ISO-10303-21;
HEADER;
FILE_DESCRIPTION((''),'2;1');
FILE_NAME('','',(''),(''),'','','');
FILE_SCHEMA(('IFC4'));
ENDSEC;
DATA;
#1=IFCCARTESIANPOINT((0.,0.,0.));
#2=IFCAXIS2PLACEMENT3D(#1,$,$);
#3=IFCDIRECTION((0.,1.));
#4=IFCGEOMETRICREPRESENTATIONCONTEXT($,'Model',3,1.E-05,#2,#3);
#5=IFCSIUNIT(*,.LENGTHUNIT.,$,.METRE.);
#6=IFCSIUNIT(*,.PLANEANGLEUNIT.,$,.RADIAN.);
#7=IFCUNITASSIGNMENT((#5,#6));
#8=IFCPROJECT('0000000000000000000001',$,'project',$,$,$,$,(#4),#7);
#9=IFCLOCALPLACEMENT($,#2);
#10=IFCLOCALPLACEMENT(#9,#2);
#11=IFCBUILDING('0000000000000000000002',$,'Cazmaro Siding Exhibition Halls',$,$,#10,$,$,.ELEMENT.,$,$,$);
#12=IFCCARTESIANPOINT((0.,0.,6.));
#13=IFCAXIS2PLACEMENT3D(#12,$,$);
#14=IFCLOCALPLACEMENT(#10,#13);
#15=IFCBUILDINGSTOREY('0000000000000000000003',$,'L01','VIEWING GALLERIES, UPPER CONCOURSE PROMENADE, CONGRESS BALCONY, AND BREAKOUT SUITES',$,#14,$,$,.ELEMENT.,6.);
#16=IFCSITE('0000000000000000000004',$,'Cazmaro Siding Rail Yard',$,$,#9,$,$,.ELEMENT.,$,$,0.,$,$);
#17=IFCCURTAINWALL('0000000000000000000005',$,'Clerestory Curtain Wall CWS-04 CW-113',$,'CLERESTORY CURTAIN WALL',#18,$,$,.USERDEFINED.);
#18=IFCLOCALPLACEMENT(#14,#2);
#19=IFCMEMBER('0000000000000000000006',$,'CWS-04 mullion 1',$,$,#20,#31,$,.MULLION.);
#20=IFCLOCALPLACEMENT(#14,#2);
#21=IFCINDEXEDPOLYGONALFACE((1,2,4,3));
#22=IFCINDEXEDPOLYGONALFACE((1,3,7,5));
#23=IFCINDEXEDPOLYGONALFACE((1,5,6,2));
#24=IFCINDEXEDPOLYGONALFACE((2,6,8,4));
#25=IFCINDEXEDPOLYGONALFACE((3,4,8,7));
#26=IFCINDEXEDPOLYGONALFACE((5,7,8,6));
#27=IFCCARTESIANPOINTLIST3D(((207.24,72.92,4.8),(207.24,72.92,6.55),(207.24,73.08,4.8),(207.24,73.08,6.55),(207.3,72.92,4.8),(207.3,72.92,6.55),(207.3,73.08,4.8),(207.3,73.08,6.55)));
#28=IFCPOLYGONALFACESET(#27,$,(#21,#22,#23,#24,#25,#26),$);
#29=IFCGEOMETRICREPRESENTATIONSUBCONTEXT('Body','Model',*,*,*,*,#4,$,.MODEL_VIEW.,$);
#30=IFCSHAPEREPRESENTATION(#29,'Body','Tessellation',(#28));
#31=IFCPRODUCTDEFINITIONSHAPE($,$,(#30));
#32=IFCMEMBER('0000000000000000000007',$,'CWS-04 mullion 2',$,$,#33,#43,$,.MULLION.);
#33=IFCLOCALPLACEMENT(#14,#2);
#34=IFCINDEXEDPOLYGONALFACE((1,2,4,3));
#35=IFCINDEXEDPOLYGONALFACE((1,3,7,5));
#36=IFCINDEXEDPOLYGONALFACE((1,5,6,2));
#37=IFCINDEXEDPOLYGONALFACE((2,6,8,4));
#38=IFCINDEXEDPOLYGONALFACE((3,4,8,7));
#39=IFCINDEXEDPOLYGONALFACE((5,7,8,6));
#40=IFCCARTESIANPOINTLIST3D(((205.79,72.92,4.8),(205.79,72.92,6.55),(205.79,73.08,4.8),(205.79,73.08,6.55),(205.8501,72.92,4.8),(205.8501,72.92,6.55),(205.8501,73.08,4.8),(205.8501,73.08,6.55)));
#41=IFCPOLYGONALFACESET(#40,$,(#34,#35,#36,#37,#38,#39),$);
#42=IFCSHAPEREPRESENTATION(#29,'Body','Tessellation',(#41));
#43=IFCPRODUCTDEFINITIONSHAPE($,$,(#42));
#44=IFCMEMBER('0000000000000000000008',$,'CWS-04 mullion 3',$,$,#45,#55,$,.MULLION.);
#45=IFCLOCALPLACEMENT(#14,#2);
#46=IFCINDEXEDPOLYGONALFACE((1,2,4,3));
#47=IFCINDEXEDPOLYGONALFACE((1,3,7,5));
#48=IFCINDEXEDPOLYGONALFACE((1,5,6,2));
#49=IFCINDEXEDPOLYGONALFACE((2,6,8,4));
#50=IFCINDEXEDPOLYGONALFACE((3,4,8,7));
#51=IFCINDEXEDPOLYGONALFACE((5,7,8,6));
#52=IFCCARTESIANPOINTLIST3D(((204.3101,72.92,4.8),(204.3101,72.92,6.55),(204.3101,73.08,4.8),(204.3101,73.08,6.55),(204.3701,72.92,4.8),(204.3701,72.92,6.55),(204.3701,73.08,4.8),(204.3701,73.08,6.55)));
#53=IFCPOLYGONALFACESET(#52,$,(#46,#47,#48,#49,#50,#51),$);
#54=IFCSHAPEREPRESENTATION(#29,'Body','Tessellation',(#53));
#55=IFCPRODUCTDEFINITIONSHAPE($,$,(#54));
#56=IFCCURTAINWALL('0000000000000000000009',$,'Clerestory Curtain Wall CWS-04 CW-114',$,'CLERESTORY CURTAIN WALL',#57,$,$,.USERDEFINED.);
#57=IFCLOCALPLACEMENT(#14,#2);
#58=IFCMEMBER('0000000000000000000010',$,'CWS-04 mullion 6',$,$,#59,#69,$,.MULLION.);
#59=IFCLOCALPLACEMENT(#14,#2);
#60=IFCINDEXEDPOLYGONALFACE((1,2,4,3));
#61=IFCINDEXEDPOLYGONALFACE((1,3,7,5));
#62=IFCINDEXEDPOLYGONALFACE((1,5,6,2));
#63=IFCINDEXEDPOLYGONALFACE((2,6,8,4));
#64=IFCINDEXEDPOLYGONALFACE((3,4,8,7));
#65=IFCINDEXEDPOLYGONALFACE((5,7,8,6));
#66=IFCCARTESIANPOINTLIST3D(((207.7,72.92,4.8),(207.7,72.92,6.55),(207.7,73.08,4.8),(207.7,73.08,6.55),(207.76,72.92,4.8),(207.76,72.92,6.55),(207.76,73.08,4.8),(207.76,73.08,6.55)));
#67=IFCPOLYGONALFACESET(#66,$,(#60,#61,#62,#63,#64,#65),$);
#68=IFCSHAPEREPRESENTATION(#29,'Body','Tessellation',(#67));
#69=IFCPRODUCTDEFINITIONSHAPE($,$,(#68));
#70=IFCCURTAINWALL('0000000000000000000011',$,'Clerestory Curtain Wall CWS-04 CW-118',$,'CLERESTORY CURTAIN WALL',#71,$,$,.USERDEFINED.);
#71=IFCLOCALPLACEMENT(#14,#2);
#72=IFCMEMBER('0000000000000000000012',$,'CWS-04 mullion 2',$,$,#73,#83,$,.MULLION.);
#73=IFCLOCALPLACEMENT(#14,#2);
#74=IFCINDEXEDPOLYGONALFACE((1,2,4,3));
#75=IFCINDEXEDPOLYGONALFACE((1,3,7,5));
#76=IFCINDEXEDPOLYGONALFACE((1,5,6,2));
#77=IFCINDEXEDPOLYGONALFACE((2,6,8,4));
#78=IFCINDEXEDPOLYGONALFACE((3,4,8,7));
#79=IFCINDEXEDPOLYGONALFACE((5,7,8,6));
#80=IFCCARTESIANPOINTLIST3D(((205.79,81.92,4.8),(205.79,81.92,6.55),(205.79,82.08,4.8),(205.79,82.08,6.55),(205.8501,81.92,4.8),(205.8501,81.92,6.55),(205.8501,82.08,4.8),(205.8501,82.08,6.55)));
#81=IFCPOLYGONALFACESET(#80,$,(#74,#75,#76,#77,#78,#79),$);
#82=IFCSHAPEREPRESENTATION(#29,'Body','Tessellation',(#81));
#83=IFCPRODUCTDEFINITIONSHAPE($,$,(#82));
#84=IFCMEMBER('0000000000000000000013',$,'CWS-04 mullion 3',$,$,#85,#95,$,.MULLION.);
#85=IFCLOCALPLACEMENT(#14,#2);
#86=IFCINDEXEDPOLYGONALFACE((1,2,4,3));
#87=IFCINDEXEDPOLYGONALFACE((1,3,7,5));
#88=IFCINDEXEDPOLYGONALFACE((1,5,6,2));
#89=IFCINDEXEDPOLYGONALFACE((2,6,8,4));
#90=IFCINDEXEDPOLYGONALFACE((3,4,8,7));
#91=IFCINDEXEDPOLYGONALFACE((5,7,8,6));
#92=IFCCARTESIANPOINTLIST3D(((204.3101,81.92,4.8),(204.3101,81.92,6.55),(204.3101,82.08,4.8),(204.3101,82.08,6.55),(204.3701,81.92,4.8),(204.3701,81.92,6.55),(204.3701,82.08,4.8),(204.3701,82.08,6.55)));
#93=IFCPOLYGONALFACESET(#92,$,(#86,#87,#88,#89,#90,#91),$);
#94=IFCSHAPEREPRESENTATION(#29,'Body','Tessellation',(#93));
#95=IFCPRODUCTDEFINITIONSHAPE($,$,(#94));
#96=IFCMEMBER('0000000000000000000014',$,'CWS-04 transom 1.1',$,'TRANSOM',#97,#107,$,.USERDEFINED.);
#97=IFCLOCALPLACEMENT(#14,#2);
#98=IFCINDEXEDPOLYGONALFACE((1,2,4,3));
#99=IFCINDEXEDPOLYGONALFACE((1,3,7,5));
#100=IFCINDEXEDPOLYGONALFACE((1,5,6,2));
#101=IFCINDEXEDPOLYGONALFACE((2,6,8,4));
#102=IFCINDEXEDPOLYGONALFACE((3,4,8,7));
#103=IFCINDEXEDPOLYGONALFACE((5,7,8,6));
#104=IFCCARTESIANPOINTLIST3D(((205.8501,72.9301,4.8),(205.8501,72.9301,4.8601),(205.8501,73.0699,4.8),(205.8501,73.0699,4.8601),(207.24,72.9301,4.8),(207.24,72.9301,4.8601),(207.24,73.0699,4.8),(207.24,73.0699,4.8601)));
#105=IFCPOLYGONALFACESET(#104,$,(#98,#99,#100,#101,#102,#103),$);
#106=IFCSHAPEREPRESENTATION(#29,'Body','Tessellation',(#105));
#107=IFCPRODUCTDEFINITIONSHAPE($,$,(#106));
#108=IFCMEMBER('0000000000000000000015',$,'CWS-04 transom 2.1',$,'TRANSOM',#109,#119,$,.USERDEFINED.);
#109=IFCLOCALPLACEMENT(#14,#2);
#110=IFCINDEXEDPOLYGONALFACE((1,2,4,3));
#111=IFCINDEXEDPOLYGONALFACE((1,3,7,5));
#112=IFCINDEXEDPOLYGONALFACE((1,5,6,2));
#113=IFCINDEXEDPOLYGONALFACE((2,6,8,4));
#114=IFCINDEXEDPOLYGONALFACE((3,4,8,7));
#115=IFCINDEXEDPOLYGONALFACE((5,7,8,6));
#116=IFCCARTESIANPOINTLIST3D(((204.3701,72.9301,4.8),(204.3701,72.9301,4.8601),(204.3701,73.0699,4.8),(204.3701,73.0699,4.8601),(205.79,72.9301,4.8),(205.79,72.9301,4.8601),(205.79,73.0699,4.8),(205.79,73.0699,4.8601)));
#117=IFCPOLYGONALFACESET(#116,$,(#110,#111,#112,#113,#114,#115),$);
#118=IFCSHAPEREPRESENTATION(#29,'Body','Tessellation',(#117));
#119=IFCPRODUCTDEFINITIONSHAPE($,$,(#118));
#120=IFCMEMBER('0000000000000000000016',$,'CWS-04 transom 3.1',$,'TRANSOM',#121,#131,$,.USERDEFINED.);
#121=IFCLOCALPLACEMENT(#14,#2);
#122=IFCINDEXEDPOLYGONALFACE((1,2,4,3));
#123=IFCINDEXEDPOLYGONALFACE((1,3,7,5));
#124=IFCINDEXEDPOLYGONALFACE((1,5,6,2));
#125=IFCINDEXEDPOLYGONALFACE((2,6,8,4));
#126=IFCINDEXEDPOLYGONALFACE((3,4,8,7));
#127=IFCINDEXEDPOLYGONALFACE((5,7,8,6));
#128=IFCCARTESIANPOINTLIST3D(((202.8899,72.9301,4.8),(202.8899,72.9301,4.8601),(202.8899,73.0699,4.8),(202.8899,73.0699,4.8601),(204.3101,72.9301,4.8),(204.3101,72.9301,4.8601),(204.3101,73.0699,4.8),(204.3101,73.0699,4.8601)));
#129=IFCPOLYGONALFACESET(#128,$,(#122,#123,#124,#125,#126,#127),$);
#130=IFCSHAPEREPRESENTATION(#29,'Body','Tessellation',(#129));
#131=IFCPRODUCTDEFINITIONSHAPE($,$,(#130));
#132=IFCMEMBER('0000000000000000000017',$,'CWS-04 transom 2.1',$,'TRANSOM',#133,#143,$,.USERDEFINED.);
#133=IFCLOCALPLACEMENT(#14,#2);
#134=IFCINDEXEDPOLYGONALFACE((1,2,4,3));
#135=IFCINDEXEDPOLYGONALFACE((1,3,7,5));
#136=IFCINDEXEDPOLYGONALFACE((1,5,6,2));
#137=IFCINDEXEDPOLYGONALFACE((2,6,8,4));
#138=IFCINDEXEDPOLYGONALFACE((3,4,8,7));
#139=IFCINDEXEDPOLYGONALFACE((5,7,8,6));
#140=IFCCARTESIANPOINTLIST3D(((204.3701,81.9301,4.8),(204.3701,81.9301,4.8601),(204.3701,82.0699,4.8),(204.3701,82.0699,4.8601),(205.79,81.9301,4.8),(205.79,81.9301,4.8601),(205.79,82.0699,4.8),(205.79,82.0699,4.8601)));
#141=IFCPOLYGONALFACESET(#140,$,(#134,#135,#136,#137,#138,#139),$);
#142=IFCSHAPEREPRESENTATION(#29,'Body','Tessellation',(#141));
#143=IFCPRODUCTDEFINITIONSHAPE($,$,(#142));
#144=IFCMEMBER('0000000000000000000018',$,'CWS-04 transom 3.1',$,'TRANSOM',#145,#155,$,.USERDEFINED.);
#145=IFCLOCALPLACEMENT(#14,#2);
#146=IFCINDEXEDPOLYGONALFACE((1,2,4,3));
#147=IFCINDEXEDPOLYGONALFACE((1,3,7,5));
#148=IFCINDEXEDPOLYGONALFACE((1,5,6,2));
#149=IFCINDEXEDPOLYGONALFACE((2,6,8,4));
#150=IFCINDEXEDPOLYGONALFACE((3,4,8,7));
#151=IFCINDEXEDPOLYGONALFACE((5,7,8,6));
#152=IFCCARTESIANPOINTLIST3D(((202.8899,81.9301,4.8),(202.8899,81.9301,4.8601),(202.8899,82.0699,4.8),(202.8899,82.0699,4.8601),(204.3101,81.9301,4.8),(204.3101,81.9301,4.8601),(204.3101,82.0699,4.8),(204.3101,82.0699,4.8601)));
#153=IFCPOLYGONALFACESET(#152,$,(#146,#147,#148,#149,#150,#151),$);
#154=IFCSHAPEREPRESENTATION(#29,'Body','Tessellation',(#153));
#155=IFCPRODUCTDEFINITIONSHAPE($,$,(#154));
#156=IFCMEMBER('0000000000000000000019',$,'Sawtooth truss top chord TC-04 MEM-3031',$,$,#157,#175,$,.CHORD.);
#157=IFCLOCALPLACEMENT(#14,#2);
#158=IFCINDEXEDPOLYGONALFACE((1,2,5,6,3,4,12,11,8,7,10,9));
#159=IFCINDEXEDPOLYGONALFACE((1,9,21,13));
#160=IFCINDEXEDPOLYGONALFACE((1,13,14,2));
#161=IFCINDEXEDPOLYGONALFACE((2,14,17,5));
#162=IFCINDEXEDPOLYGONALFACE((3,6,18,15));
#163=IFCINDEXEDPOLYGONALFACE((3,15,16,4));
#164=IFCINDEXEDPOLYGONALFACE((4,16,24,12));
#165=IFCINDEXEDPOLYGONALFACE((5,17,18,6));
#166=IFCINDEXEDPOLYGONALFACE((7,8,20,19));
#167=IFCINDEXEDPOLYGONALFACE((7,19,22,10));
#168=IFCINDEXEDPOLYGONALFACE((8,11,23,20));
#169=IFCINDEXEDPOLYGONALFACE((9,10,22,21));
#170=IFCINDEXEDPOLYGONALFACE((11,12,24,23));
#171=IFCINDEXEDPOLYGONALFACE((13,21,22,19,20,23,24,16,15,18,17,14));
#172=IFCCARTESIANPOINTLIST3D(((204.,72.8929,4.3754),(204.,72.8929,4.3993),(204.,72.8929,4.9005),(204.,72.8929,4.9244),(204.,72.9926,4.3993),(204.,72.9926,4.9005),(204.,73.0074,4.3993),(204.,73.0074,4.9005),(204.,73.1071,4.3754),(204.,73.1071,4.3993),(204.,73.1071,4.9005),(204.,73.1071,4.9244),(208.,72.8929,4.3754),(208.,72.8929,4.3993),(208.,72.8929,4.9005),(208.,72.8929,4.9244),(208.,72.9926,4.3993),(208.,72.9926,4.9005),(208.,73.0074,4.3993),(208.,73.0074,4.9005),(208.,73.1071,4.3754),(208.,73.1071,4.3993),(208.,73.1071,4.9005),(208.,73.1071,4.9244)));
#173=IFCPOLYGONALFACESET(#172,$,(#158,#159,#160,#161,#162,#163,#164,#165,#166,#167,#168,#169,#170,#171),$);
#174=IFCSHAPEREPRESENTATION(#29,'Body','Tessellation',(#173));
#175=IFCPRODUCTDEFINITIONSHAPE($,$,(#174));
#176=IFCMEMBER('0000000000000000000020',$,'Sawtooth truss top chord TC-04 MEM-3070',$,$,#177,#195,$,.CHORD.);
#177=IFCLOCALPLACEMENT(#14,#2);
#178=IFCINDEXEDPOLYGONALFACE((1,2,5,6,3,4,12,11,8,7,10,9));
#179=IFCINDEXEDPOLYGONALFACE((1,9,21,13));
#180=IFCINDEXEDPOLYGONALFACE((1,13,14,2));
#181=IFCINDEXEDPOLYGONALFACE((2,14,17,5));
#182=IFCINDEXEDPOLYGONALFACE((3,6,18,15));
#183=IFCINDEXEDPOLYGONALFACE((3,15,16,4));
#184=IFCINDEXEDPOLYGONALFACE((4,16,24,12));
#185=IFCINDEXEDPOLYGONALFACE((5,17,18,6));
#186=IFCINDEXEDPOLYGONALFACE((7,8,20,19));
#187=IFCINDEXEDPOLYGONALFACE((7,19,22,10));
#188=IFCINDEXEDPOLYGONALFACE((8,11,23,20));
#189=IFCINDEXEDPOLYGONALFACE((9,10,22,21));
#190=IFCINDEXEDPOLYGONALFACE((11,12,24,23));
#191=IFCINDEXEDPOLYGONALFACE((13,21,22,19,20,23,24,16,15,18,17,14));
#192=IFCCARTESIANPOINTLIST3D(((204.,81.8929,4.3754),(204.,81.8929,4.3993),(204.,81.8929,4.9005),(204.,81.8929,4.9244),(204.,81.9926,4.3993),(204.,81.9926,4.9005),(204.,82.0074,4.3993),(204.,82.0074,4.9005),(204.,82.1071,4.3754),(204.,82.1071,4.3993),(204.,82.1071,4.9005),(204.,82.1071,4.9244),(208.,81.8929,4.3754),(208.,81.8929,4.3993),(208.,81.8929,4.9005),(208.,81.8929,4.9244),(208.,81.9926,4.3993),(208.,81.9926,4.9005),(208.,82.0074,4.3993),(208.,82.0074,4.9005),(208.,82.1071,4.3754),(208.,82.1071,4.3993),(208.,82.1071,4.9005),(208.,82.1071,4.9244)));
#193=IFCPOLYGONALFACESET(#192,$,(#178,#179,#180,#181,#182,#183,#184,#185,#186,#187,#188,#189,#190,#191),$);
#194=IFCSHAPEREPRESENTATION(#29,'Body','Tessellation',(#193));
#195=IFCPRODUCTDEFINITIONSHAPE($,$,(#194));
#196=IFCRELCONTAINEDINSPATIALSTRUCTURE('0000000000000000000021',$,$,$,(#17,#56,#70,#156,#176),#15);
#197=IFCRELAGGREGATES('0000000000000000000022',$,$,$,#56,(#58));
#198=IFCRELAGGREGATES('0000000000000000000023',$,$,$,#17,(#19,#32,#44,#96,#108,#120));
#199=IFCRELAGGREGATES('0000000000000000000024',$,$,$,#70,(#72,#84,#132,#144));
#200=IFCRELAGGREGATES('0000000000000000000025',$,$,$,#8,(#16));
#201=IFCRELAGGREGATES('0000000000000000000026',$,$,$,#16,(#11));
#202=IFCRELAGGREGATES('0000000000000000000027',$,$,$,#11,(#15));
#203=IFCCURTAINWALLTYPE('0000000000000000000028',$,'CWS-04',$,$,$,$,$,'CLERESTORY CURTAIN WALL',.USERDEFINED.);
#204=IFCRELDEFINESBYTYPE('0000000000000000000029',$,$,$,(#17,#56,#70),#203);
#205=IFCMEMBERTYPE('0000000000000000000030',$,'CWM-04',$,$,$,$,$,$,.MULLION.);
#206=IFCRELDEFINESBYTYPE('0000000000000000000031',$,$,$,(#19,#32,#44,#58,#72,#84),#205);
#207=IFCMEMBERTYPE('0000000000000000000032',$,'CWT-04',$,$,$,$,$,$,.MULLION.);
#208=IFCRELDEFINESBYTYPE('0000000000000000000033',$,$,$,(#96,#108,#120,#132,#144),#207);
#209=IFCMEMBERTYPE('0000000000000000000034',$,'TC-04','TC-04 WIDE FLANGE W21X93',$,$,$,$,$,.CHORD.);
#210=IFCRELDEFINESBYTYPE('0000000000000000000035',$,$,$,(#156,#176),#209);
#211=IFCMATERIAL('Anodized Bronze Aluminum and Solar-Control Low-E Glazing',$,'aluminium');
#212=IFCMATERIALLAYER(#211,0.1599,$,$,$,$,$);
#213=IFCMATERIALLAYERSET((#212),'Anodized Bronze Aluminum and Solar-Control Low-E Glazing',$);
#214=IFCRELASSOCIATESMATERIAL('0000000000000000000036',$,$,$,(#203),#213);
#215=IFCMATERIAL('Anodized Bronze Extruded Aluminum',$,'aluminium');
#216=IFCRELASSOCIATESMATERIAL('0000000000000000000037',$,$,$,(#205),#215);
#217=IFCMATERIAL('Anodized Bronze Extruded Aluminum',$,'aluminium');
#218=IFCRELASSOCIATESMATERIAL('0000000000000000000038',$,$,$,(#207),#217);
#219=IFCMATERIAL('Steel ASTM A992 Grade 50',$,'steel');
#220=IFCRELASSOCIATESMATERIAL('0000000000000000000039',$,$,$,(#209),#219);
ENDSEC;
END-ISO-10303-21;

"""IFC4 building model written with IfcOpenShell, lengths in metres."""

from ifc_helpers import new_model, si_unit, direction, frame, origin, origin_2d, place, context, subcontext, project, spatial, rectangle, i_section, extrude, material, layer, layer_set, material_profile, profile_set, type_object, element, aggregate, save


model = new_model("IFC4")

# Units and contexts
model_context = context("Model", 3, precision=1e-05, world=origin(), true_north=direction((0.0, 1.0)))
body_context = subcontext(model_context, "Body", "Model", "MODEL_VIEW")
ifc_project = project(units=[si_unit("LENGTHUNIT", "METRE"), si_unit("PLANEANGLEUNIT", "RADIAN")], contexts=[model_context])

# Site, building, storey
site_placement = place(None, origin())
site = spatial("IfcSite", under=ifc_project, at=site_placement, Name="Cazmaro Siding Rail Yard", CompositionType="ELEMENT", RefElevation=0.0)
building_placement = place(site_placement, origin())
building = spatial("IfcBuilding", under=site, at=building_placement, Name="Cazmaro Siding Exhibition Halls", CompositionType="ELEMENT")
storey_placement = place(building_placement, frame((0.0, 0.0, 6.0)))
storey = spatial("IfcBuildingStorey", under=building, at=storey_placement, Name="L01", Description="VIEWING GALLERIES, UPPER CONCOURSE PROMENADE, CONGRESS BALCONY, AND BREAKOUT SUITES", CompositionType="ELEMENT", Elevation=6.0)

# Curtain wall, members
ifc_material_1 = material(Name="Anodized Bronze Aluminum and Solar-Control Low-E Glazing", Category="aluminium")
ifc_layer = layer(ifc_material_1, 0.1599)
ifc_layer_set = layer_set([ifc_layer], Name="Anodized Bronze Aluminum and Solar-Control Low-E Glazing")
curtain_wall_type = type_object("IfcCurtainWallType", Name="CWS-04", ElementType="CLERESTORY CURTAIN WALL", PredefinedType="USERDEFINED", material=ifc_layer_set)
curtain_wall_1_placement = place(storey_placement, origin())
curtain_wall_1 = element("IfcCurtainWall", 1, at=curtain_wall_1_placement, inside=storey, type_object=curtain_wall_type, Name="Clerestory Curtain Wall CWS-04 CW-113", ObjectType="CLERESTORY CURTAIN WALL", PredefinedType="USERDEFINED")
ifc_material_2 = material(Name="Anodized Bronze Extruded Aluminum", Category="aluminium")
ifc_material_profile_1 = material_profile(ifc_material_2, rectangle(XDim=0.1599, YDim=0.0601, at=origin_2d()), Name="CWM-04")
ifc_profile_set_1 = profile_set([ifc_material_profile_1], Name="Anodized Bronze Extruded Aluminum")
member_type_1 = type_object("IfcMemberType", Name="CWM-04", PredefinedType="MULLION", material=ifc_profile_set_1)
member_1_placement = place(storey_placement, frame((207.27, 73.0, 4.8), z_axis=(0.0, 0.0, 1.0), x_axis=(0.0, -1.0, 0.0)))
member_1 = element("IfcMember", 2, at=member_1_placement, type_object=member_type_1, Name="CWS-04 mullion 1", PredefinedType="MULLION", context=body_context, shape_type="SweptSolid", body=[
    extrude(rectangle(XDim=0.1599, YDim=0.0601, at=origin_2d()), origin(), (0.0, 0.0, 1.0), 1.75),
])
member_2_placement = place(storey_placement, frame((205.8201, 73.0, 4.8), z_axis=(0.0, 0.0, 1.0), x_axis=(0.0, -1.0, 0.0)))
member_2 = element("IfcMember", 3, at=member_2_placement, type_object=member_type_1, Name="CWS-04 mullion 2", PredefinedType="MULLION", context=body_context, shape_type="SweptSolid", body=[
    extrude(rectangle(XDim=0.1599, YDim=0.0601, at=origin_2d()), origin(), (0.0, 0.0, 1.0), 1.75),
])
member_3_placement = place(storey_placement, frame((204.3401, 73.0, 4.8), z_axis=(0.0, 0.0, 1.0), x_axis=(0.0, -1.0, 0.0)))
member_3 = element("IfcMember", 4, at=member_3_placement, type_object=member_type_1, Name="CWS-04 mullion 3", PredefinedType="MULLION", context=body_context, shape_type="SweptSolid", body=[
    extrude(rectangle(XDim=0.1599, YDim=0.0601, at=origin_2d()), origin(), (0.0, 0.0, 1.0), 1.75),
])

# Curtain wall, member
curtain_wall_2_placement = place(storey_placement, origin())
curtain_wall_2 = element("IfcCurtainWall", 5, at=curtain_wall_2_placement, inside=storey, type_object=curtain_wall_type, Name="Clerestory Curtain Wall CWS-04 CW-114", ObjectType="CLERESTORY CURTAIN WALL", PredefinedType="USERDEFINED")
member_4_placement = place(storey_placement, frame((207.73, 73.0, 4.8), z_axis=(0.0, 0.0, 1.0), x_axis=(0.0, -1.0, 0.0)))
member_4 = element("IfcMember", 6, at=member_4_placement, type_object=member_type_1, Name="CWS-04 mullion 6", PredefinedType="MULLION", context=body_context, shape_type="SweptSolid", body=[
    extrude(rectangle(XDim=0.1599, YDim=0.0601, at=origin_2d()), origin(), (0.0, 0.0, 1.0), 1.75),
])
aggregate(curtain_wall_2, [member_4])

# Curtain wall, members
curtain_wall_3_placement = place(storey_placement, origin())
curtain_wall_3 = element("IfcCurtainWall", 7, at=curtain_wall_3_placement, inside=storey, type_object=curtain_wall_type, Name="Clerestory Curtain Wall CWS-04 CW-118", ObjectType="CLERESTORY CURTAIN WALL", PredefinedType="USERDEFINED")
member_5_placement = place(storey_placement, frame((205.8201, 82.0, 4.8), z_axis=(0.0, 0.0, 1.0), x_axis=(0.0, -1.0, 0.0)))
member_5 = element("IfcMember", 8, at=member_5_placement, type_object=member_type_1, Name="CWS-04 mullion 2", PredefinedType="MULLION", context=body_context, shape_type="SweptSolid", body=[
    extrude(rectangle(XDim=0.1599, YDim=0.0601, at=origin_2d()), origin(), (0.0, 0.0, 1.0), 1.75),
])
member_6_placement = place(storey_placement, frame((204.3401, 82.0, 4.8), z_axis=(0.0, 0.0, 1.0), x_axis=(0.0, -1.0, 0.0)))
member_6 = element("IfcMember", 9, at=member_6_placement, type_object=member_type_1, Name="CWS-04 mullion 3", PredefinedType="MULLION", context=body_context, shape_type="SweptSolid", body=[
    extrude(rectangle(XDim=0.1599, YDim=0.0601, at=origin_2d()), origin(), (0.0, 0.0, 1.0), 1.75),
])

# Members
ifc_material_3 = material(Name="Anodized Bronze Extruded Aluminum", Category="aluminium")
ifc_material_profile_2 = material_profile(ifc_material_3, rectangle(XDim=0.1399, YDim=0.0601, at=origin_2d()), Name="CWT-04")
ifc_profile_set_2 = profile_set([ifc_material_profile_2], Name="Anodized Bronze Extruded Aluminum")
member_type_2 = type_object("IfcMemberType", Name="CWT-04", PredefinedType="MULLION", material=ifc_profile_set_2)
member_7_placement = place(storey_placement, frame((207.24, 73.0, 4.8301), z_axis=(-1.0, 0.0, 0.0), x_axis=(0.0, -1.0, 0.0)))
member_7 = element("IfcMember", 10, at=member_7_placement, type_object=member_type_2, Name="CWS-04 transom 1.1", ObjectType="TRANSOM", PredefinedType="USERDEFINED", context=body_context, shape_type="SweptSolid", body=[
    extrude(rectangle(XDim=0.1399, YDim=0.0601, at=origin_2d()), origin(), (0.0, 0.0, 1.0), 1.3899),
])
member_8_placement = place(storey_placement, frame((205.79, 73.0, 4.8301), z_axis=(-1.0, 0.0, 0.0), x_axis=(0.0, -1.0, 0.0)))
member_8 = element("IfcMember", 11, at=member_8_placement, type_object=member_type_2, Name="CWS-04 transom 2.1", ObjectType="TRANSOM", PredefinedType="USERDEFINED", context=body_context, shape_type="SweptSolid", body=[
    extrude(rectangle(XDim=0.1399, YDim=0.0601, at=origin_2d()), origin(), (0.0, 0.0, 1.0), 1.4199),
])
member_9_placement = place(storey_placement, frame((204.3101, 73.0, 4.8301), z_axis=(-1.0, 0.0, 0.0), x_axis=(0.0, -1.0, 0.0)))
member_9 = element("IfcMember", 12, at=member_9_placement, type_object=member_type_2, Name="CWS-04 transom 3.1", ObjectType="TRANSOM", PredefinedType="USERDEFINED", context=body_context, shape_type="SweptSolid", body=[
    extrude(rectangle(XDim=0.1399, YDim=0.0601, at=origin_2d()), origin(), (0.0, 0.0, 1.0), 1.4202),
])
aggregate(curtain_wall_1, [member_1, member_2, member_3, member_7, member_8, member_9])
member_10_placement = place(storey_placement, frame((205.79, 82.0, 4.8301), z_axis=(-1.0, 0.0, 0.0), x_axis=(0.0, -1.0, 0.0)))
member_10 = element("IfcMember", 13, at=member_10_placement, type_object=member_type_2, Name="CWS-04 transom 2.1", ObjectType="TRANSOM", PredefinedType="USERDEFINED", context=body_context, shape_type="SweptSolid", body=[
    extrude(rectangle(XDim=0.1399, YDim=0.0601, at=origin_2d()), origin(), (0.0, 0.0, 1.0), 1.4199),
])
member_11_placement = place(storey_placement, frame((204.3101, 82.0, 4.8301), z_axis=(-1.0, 0.0, 0.0), x_axis=(0.0, -1.0, 0.0)))
member_11 = element("IfcMember", 14, at=member_11_placement, type_object=member_type_2, Name="CWS-04 transom 3.1", ObjectType="TRANSOM", PredefinedType="USERDEFINED", context=body_context, shape_type="SweptSolid", body=[
    extrude(rectangle(XDim=0.1399, YDim=0.0601, at=origin_2d()), origin(), (0.0, 0.0, 1.0), 1.4202),
])
aggregate(curtain_wall_3, [member_5, member_6, member_10, member_11])

# Members
ifc_material_4 = material(Name="Steel ASTM A992 Grade 50", Category="steel")
ifc_material_profile_3 = material_profile(ifc_material_4, i_section(OverallWidth=0.2141, OverallDepth=0.5491, WebThickness=0.0149, FlangeThickness=0.0239, at=origin_2d()), Name="W21X93")
ifc_profile_set_3 = profile_set([ifc_material_profile_3], Name="Steel ASTM A992 Grade 50")
member_type_3 = type_object("IfcMemberType", Name="TC-04", Description="TC-04 WIDE FLANGE W21X93", PredefinedType="CHORD", material=ifc_profile_set_3)
for number, where, z_axis, x_axis, name in (
    (15, (204.0, 73.0, 4.6499), (1.0, 0.0, 0.0), (0.0, 1.0, 0.0), "Sawtooth truss top chord TC-04 MEM-3031"),
    (16, (204.0, 82.0, 4.6499), (1.0, 0.0, 0.0), (0.0, 1.0, 0.0), "Sawtooth truss top chord TC-04 MEM-3070"),
):
    element("IfcMember", number, at=place(storey_placement, frame(where, z_axis=z_axis, x_axis=x_axis)), inside=storey, type_object=member_type_3, Name=name, PredefinedType="CHORD", context=body_context, shape_type="SweptSolid", body=[
        extrude(i_section(OverallWidth=0.2141, OverallDepth=0.5491, WebThickness=0.0149, FlangeThickness=0.0239, at=origin_2d()), origin(), (0.0, 0.0, 1.0), 4.0),
    ])

save(model, "model.ifc")
